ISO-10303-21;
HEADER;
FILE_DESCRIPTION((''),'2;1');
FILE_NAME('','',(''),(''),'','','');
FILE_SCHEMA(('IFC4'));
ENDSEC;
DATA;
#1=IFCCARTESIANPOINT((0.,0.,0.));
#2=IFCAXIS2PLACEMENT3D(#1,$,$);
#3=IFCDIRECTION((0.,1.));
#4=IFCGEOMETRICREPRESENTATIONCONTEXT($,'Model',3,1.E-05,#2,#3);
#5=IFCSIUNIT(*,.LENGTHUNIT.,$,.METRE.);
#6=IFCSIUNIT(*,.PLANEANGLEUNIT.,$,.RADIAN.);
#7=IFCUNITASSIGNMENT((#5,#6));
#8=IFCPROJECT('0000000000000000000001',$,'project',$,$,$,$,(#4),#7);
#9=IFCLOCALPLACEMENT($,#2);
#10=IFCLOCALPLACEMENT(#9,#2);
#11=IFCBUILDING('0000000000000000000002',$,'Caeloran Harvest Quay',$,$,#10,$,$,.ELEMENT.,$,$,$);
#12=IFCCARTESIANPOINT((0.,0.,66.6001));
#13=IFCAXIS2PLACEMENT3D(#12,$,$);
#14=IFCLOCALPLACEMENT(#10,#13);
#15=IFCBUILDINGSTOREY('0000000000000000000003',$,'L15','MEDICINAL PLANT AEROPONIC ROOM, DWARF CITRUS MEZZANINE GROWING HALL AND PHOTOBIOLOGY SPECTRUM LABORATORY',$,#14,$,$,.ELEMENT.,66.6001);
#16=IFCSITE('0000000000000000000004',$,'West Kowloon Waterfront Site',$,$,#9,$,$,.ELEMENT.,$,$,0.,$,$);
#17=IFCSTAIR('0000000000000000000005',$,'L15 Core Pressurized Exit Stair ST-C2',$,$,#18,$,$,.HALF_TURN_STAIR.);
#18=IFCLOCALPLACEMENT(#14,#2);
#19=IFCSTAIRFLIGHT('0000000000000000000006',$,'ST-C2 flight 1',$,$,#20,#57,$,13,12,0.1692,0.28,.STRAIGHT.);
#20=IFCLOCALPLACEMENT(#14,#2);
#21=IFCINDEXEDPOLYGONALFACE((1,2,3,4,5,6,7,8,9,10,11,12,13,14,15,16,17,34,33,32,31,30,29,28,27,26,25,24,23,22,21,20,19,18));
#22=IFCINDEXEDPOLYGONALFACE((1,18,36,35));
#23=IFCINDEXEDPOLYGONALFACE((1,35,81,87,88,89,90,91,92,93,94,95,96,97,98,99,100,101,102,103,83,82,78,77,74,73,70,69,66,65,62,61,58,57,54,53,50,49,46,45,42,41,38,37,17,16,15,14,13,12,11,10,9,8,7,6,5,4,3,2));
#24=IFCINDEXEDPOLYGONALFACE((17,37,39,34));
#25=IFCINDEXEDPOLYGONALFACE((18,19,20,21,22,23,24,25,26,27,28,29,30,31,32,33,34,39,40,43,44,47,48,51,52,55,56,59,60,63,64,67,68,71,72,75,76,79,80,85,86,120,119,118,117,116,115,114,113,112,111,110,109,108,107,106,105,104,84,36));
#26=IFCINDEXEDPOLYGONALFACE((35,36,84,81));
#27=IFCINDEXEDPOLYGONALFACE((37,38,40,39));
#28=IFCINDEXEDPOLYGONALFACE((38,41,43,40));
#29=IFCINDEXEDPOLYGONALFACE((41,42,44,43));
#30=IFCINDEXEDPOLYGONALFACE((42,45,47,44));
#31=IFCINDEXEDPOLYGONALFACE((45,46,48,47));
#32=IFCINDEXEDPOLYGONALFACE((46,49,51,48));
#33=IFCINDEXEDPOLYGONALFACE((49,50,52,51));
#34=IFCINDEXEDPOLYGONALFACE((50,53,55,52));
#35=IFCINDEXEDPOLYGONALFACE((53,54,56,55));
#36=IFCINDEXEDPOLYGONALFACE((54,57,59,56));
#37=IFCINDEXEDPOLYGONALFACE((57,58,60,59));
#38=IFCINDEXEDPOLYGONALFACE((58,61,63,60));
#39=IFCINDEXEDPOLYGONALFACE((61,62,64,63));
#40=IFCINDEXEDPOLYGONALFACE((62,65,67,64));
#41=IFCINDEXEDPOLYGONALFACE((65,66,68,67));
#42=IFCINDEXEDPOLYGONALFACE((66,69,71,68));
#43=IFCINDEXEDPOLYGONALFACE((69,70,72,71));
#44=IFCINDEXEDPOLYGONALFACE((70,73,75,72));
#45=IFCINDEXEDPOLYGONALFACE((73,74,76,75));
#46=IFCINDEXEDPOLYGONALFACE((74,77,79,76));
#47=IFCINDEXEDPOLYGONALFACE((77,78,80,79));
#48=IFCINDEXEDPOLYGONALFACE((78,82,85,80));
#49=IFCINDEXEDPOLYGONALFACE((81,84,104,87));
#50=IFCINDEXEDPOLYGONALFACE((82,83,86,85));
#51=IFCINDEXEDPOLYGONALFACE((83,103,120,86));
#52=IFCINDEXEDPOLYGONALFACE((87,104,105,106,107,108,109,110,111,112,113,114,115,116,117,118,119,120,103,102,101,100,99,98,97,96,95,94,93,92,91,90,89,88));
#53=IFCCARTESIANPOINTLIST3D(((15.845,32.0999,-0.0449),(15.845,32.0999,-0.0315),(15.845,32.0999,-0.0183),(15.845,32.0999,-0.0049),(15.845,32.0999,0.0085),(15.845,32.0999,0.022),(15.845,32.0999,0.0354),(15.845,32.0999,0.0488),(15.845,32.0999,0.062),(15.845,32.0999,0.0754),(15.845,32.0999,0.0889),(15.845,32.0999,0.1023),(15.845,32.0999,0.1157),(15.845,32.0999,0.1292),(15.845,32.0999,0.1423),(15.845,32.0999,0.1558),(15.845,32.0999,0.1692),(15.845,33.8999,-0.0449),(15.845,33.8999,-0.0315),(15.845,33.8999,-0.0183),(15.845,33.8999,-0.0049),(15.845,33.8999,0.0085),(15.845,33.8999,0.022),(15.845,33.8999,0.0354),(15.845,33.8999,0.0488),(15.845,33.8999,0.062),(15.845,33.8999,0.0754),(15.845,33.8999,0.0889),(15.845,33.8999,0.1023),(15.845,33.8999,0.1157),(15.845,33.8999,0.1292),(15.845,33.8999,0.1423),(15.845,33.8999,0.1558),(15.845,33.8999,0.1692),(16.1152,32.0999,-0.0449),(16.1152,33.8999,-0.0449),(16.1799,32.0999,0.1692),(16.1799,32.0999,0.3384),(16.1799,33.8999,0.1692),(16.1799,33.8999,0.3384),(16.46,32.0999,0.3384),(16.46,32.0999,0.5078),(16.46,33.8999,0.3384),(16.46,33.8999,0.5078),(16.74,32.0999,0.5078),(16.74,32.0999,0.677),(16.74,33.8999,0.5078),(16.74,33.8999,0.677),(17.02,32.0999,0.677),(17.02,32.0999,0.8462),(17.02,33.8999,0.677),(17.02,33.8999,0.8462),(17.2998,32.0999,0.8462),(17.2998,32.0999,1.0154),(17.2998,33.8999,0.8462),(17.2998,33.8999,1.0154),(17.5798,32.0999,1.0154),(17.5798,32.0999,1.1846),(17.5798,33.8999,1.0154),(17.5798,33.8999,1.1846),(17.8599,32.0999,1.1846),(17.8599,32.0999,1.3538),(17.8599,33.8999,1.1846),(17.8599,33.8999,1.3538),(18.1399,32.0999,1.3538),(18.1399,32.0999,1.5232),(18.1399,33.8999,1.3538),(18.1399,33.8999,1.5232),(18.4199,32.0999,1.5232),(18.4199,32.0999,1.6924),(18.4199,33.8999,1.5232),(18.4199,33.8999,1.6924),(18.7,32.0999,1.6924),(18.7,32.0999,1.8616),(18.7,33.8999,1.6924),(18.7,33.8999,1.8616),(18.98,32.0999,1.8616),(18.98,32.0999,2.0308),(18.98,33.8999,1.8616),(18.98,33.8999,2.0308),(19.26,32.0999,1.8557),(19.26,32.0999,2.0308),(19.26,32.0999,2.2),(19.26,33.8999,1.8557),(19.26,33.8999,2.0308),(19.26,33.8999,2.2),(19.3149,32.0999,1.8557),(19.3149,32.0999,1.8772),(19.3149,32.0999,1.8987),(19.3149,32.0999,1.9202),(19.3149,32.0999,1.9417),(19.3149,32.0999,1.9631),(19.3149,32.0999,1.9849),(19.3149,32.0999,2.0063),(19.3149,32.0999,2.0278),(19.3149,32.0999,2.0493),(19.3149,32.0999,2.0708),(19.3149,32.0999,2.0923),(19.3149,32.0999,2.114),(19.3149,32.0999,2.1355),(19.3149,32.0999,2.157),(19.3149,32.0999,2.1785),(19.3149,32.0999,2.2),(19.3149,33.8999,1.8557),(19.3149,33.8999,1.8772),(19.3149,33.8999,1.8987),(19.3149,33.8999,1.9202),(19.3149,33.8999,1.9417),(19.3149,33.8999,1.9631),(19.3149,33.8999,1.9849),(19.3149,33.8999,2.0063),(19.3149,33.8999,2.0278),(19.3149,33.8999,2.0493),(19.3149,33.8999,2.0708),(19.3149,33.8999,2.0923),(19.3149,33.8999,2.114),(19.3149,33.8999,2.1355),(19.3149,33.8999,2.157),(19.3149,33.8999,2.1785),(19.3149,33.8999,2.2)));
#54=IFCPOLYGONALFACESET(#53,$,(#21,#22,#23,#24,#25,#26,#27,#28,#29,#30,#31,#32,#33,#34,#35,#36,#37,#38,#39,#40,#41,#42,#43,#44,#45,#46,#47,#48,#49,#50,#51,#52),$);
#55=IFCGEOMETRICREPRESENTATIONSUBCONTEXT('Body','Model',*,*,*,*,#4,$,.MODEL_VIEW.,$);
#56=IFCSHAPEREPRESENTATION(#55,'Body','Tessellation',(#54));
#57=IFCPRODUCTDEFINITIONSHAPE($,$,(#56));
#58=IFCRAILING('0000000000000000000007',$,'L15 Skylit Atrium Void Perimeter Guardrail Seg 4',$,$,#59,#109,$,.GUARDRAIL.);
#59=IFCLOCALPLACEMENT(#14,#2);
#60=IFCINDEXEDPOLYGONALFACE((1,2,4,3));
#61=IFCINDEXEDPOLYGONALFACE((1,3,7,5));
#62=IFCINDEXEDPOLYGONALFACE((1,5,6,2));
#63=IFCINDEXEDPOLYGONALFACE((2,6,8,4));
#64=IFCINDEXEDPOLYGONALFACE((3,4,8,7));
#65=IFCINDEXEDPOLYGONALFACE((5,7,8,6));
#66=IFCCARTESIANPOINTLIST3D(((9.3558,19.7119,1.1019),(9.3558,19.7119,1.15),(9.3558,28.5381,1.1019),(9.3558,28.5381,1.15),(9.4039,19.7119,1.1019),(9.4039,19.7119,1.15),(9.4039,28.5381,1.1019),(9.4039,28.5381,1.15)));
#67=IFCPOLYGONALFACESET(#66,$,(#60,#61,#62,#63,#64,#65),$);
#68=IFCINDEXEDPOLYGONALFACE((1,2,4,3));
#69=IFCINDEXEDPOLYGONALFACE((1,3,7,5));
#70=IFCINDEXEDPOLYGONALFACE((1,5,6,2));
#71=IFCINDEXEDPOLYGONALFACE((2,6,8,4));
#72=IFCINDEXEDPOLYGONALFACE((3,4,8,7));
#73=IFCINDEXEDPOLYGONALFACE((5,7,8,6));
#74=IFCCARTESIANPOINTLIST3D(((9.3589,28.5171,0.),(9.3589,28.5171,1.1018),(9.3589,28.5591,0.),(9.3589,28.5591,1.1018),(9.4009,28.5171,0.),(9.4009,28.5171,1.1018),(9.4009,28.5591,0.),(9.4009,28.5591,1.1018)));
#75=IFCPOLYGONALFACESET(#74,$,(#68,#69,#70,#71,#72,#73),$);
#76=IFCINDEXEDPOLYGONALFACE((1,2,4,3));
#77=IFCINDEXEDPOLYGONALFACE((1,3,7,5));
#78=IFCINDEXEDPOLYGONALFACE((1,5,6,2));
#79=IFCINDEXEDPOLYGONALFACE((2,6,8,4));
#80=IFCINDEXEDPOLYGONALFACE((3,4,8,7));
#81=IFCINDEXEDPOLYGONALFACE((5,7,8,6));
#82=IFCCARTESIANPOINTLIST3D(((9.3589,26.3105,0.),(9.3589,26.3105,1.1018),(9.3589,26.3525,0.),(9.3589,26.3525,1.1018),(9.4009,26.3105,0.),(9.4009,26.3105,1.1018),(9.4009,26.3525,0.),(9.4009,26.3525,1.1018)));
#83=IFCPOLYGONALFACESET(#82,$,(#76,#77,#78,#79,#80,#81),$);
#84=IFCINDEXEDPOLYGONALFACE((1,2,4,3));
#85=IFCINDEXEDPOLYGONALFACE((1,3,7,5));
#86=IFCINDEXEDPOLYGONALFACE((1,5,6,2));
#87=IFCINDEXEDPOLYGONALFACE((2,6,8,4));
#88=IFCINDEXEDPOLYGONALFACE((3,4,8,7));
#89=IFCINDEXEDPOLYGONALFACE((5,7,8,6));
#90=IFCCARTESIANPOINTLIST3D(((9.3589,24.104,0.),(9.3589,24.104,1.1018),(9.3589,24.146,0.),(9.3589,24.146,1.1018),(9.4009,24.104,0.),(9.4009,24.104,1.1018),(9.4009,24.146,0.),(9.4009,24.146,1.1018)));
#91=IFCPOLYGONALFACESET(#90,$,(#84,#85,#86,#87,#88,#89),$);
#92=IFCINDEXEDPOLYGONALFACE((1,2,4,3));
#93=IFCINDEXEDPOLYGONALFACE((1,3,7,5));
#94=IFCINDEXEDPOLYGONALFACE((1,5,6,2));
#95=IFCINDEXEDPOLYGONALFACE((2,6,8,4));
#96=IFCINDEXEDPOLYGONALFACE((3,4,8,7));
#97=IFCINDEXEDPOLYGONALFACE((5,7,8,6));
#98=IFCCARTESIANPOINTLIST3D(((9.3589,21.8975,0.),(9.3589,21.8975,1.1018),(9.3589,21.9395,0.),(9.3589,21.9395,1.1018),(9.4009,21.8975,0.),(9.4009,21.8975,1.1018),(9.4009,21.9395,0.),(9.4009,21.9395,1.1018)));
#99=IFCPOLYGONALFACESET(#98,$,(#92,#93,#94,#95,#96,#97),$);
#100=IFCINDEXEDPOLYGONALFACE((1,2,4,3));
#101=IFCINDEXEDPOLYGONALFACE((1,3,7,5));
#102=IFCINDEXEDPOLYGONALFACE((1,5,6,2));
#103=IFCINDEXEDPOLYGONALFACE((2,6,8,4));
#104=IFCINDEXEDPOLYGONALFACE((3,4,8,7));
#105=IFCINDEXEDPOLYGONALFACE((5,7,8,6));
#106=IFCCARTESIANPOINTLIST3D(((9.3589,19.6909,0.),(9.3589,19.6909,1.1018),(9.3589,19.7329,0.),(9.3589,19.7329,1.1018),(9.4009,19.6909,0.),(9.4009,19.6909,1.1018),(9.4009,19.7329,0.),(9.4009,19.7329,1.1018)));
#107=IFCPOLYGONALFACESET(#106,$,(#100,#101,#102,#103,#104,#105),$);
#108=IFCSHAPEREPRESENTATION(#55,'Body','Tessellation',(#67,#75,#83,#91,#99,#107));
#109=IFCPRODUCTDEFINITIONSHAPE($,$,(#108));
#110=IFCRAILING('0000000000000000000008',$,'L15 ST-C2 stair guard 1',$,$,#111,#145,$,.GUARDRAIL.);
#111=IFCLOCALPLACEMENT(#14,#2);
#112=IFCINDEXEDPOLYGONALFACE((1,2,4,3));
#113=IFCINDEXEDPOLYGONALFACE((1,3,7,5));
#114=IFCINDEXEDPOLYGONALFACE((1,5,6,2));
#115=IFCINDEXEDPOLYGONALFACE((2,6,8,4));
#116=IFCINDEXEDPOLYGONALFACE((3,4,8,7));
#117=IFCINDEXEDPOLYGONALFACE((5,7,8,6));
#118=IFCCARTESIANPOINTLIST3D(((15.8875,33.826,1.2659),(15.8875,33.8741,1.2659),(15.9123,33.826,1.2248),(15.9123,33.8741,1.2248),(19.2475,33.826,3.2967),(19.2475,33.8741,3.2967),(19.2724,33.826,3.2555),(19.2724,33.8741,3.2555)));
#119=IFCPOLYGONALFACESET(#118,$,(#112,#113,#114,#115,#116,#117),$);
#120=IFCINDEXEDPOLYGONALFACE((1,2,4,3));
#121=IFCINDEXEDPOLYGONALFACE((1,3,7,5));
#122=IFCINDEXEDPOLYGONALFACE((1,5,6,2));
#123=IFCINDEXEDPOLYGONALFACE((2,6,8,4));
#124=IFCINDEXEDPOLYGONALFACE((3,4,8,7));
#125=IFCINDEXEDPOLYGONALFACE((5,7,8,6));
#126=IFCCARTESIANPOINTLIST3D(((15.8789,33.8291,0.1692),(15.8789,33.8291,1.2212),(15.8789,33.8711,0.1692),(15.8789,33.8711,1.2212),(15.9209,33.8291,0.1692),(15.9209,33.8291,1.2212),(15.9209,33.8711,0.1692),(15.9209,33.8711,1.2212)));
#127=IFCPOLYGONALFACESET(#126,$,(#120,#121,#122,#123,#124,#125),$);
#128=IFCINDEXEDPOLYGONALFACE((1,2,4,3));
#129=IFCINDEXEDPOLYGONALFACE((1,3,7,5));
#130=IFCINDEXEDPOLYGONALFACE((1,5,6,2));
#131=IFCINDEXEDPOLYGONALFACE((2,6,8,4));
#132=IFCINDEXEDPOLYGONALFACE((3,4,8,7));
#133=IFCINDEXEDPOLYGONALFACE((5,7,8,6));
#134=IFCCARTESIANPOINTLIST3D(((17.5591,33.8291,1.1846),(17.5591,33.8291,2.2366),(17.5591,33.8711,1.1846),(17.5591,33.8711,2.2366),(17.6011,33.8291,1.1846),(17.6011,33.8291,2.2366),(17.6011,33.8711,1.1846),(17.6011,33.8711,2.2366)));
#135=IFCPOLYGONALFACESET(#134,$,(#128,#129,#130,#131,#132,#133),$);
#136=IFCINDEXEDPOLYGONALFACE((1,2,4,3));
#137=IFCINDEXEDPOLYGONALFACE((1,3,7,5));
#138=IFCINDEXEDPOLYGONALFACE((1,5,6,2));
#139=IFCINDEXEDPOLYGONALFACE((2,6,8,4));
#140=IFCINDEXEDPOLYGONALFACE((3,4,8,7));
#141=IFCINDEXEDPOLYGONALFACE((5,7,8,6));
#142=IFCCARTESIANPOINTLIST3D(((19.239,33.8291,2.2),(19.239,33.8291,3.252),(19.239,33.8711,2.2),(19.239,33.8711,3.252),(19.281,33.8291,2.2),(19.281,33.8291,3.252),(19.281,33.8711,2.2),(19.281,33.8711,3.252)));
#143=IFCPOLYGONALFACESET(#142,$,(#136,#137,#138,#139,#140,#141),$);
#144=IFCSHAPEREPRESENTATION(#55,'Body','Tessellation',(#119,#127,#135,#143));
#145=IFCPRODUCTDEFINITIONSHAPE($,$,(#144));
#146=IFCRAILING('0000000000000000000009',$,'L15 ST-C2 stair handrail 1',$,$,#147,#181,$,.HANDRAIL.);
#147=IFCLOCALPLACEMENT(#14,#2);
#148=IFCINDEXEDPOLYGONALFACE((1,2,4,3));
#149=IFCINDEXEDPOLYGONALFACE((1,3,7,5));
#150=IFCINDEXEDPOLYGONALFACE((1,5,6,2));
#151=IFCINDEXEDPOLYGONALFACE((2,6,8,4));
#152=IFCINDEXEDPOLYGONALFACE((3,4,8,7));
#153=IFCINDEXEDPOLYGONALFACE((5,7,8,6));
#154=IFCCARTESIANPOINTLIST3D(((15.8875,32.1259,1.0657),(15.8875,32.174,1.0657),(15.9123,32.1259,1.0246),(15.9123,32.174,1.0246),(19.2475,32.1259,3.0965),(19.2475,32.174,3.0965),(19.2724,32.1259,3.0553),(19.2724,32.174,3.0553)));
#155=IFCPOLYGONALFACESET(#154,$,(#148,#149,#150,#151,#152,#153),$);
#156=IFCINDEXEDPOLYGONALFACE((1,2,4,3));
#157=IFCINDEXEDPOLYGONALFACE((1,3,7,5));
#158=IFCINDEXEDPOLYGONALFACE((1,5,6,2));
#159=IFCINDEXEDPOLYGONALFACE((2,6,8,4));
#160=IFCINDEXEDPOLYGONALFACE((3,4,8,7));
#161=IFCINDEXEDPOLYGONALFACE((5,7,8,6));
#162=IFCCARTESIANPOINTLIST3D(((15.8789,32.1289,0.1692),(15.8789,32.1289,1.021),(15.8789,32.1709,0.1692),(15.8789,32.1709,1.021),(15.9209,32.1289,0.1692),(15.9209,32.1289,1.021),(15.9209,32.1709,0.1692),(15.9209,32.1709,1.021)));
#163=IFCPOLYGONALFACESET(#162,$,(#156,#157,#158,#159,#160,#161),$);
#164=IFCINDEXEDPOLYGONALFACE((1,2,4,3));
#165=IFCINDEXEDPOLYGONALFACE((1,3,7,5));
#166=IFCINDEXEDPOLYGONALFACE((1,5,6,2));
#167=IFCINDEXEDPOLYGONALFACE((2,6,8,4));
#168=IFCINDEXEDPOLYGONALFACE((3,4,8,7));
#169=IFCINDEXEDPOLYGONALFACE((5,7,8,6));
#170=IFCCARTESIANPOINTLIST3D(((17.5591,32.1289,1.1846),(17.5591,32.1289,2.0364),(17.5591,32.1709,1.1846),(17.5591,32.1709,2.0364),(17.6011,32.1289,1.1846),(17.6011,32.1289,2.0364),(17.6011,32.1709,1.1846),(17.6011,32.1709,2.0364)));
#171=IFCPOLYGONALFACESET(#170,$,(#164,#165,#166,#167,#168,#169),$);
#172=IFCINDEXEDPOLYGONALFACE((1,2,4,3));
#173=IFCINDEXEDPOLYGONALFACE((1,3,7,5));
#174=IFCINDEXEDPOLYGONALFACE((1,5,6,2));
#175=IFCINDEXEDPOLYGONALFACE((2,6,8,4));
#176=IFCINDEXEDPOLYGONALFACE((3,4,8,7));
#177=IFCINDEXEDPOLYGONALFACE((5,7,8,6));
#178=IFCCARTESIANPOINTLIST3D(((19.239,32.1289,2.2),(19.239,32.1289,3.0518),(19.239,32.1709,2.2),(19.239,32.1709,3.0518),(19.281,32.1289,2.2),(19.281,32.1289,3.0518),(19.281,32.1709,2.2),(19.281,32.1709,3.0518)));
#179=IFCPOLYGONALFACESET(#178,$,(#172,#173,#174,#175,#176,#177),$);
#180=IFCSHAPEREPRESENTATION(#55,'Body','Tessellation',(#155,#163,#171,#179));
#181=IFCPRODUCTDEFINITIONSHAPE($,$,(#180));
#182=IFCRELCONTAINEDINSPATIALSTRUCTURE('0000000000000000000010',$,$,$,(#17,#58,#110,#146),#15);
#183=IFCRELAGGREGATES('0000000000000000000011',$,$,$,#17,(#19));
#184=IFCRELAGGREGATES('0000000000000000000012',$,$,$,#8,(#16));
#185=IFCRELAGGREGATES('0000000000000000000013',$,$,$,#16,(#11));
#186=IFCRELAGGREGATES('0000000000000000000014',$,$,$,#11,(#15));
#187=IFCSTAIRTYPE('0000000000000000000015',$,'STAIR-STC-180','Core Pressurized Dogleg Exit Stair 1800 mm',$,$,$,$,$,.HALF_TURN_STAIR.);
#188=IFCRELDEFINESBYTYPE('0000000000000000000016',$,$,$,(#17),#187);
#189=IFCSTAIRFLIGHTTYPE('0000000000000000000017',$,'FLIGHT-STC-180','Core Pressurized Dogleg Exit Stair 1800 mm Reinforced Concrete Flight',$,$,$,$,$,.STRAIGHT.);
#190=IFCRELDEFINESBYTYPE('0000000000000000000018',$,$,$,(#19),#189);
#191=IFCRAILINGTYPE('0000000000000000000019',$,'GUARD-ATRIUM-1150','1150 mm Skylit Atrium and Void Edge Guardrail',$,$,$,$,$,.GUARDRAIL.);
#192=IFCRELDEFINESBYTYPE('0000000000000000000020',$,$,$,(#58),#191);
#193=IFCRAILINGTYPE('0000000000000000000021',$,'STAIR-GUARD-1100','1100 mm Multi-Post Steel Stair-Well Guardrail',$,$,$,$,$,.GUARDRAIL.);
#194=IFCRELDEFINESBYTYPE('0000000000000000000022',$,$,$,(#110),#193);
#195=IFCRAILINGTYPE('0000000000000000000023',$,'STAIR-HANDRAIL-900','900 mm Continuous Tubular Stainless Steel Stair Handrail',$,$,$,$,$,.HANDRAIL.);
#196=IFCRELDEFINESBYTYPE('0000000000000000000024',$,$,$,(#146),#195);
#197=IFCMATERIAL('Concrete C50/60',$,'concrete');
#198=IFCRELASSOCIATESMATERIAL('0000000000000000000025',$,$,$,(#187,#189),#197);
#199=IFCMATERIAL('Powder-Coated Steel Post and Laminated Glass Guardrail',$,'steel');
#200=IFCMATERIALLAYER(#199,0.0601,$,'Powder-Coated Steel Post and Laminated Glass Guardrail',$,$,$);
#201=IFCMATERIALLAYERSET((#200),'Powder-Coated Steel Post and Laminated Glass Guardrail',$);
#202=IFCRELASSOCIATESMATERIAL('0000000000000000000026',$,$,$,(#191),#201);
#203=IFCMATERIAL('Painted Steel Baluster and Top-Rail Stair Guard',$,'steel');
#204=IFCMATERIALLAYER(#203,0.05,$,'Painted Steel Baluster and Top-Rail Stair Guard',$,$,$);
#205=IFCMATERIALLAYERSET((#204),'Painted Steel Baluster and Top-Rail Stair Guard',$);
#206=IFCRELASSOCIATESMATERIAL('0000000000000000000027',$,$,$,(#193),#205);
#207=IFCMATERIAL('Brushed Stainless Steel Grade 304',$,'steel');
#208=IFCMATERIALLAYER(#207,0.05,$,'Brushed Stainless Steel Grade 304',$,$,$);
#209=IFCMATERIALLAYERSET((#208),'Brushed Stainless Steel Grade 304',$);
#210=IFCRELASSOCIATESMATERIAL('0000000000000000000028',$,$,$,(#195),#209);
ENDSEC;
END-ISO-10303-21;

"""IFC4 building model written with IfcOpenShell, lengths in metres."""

from ifc_helpers import new_model, si_unit, direction, frame, origin, origin_2d, place, context, subcontext, project, spatial, polyline, rectangle, outline, extrude, material, layer, layer_set, type_object, element, aggregate, save


model = new_model("IFC4")

# Units and contexts
model_context = context("Model", 3, precision=1e-05, world=origin(), true_north=direction((0.0, 1.0)))
body_context = subcontext(model_context, "Body", "Model", "MODEL_VIEW")
ifc_project = project(units=[si_unit("LENGTHUNIT", "METRE"), si_unit("PLANEANGLEUNIT", "RADIAN")], contexts=[model_context])

# Site, building, storey
site_placement = place(None, origin())
site = spatial("IfcSite", under=ifc_project, at=site_placement, Name="West Kowloon Waterfront Site", CompositionType="ELEMENT", RefElevation=0.0)
building_placement = place(site_placement, origin())
building = spatial("IfcBuilding", under=site, at=building_placement, Name="Caeloran Harvest Quay", CompositionType="ELEMENT")
storey_placement = place(building_placement, frame((0.0, 0.0, 66.6001)))
storey = spatial("IfcBuildingStorey", under=building, at=storey_placement, Name="L15", Description="MEDICINAL PLANT AEROPONIC ROOM, DWARF CITRUS MEZZANINE GROWING HALL AND PHOTOBIOLOGY SPECTRUM LABORATORY", CompositionType="ELEMENT", Elevation=66.6001)

# Shared definitions
ifc_material_1 = material(Name="Concrete C50/60", Category="concrete")

# Stair, stair flight
stair_type = type_object("IfcStairType", Name="STAIR-STC-180", Description="Core Pressurized Dogleg Exit Stair 1800 mm", PredefinedType="HALF_TURN_STAIR", material=ifc_material_1)
stair_placement = place(storey_placement, origin())
stair = element("IfcStair", 1, at=stair_placement, inside=storey, type_object=stair_type, Name="L15 Core Pressurized Exit Stair ST-C2", PredefinedType="HALF_TURN_STAIR")
stair_flight_type = type_object("IfcStairFlightType", Name="FLIGHT-STC-180", Description="Core Pressurized Dogleg Exit Stair 1800 mm Reinforced Concrete Flight", PredefinedType="STRAIGHT", material=ifc_material_1)
stair_flight_placement = place(storey_placement, frame((15.8999, 33.0, 0.0), z_axis=(0.0, 0.0, 1.0), x_axis=(1.0, 0.0, 0.0)))
stair_flight = element("IfcStairFlight", 2, at=stair_flight_placement, type_object=stair_flight_type, Name="ST-C2 flight 1", NumberOfRisers=13, NumberOfTreads=12, PredefinedType="STRAIGHT", RiserHeight=0.1692, TreadLength=0.28, context=body_context, shape_type="SweptSolid", body=[
    extrude(outline(polyline([(-0.0549, -0.0449), (-0.0549, -0.0315), (-0.0549, -0.0183), (-0.0549, -0.0049), (-0.0549, 0.0085), (-0.0549, 0.022), (-0.0549, 0.0354), (-0.0549, 0.0488), (-0.0549, 0.062), (-0.0549, 0.0754), (-0.0549, 0.0889), (-0.0549, 0.1023), (-0.0549, 0.1157), (-0.0549, 0.1292), (-0.0549, 0.1423), (-0.0549, 0.1558), (-0.0549, 0.1692), (0.28, 0.1692), (0.28, 0.3384), (0.5601, 0.3384), (0.5601, 0.5078), (0.8401, 0.5078), (0.8401, 0.677), (1.1201, 0.677), (1.1201, 0.8462), (1.3999, 0.8462), (1.3999, 1.0154), (1.6799, 1.0154), (1.6799, 1.1846), (1.96, 1.1846), (1.96, 1.3538), (2.24, 1.3538), (2.24, 1.5232), (2.52, 1.5232), (2.52, 1.6924), (2.8, 1.6924), (2.8, 1.8616), (3.0801, 1.8616), (3.0801, 2.0308), (3.3601, 2.0308), (3.3601, 2.2), (3.415, 2.2), (3.415, 2.1785), (3.415, 2.157), (3.415, 2.1355), (3.415, 2.114), (3.415, 2.0923), (3.415, 2.0708), (3.415, 2.0493), (3.415, 2.0278), (3.415, 2.0063), (3.415, 1.9849), (3.415, 1.9631), (3.415, 1.9417), (3.415, 1.9202), (3.415, 1.8987), (3.415, 1.8772), (3.415, 1.8557), (3.3601, 1.8557), (0.2153, -0.0449), (-0.0549, -0.0449)])), frame((0.0, 0.8999, 0.0), z_axis=(0.0, -1.0, 0.0), x_axis=(1.0, 0.0, 0.0)), (0.0, 0.0, 1.0), 1.8),
])
aggregate(stair, [stair_flight])

# Railings
ifc_material_2 = material(Name="Powder-Coated Steel Post and Laminated Glass Guardrail", Category="steel")
ifc_layer_1 = layer(ifc_material_2, 0.0601, Name="Powder-Coated Steel Post and Laminated Glass Guardrail")
ifc_layer_set_1 = layer_set([ifc_layer_1], Name="Powder-Coated Steel Post and Laminated Glass Guardrail")
railing_type_1 = type_object("IfcRailingType", Name="GUARD-ATRIUM-1150", Description="1150 mm Skylit Atrium and Void Edge Guardrail", PredefinedType="GUARDRAIL", material=ifc_layer_set_1)
railing_1_placement = place(storey_placement, frame((9.3799, 28.5381, 0.0)))
element("IfcRailing", 3, at=railing_1_placement, inside=storey, type_object=railing_type_1, Name="L15 Skylit Atrium Void Perimeter Guardrail Seg 4", PredefinedType="GUARDRAIL", context=body_context, shape_type="SweptSolid", body=[
    extrude(rectangle(XDim=0.0481, YDim=0.0481, at=origin_2d()), frame((0.0, 0.0, 1.126), z_axis=(0.0, -1.0, 0.0), x_axis=(1.0, 0.0, 0.0)), (0.0, 0.0, 1.0), 8.8262),
    extrude(rectangle(XDim=0.042, YDim=0.042, at=origin_2d()), origin(), (0.0, 0.0, 1.0), 1.1018),
    extrude(rectangle(XDim=0.042, YDim=0.042, at=origin_2d()), frame((0.0, -2.2065, 0.0)), (0.0, 0.0, 1.0), 1.1018),
    extrude(rectangle(XDim=0.042, YDim=0.042, at=origin_2d()), frame((0.0, -4.4131, 0.0)), (0.0, 0.0, 1.0), 1.1018),
    extrude(rectangle(XDim=0.042, YDim=0.042, at=origin_2d()), frame((0.0, -6.6196, 0.0)), (0.0, 0.0, 1.0), 1.1018),
    extrude(rectangle(XDim=0.042, YDim=0.042, at=origin_2d()), frame((0.0, -8.8262, 0.0)), (0.0, 0.0, 1.0), 1.1018),
])
ifc_material_3 = material(Name="Painted Steel Baluster and Top-Rail Stair Guard", Category="steel")
ifc_layer_2 = layer(ifc_material_3, 0.05, Name="Painted Steel Baluster and Top-Rail Stair Guard")
ifc_layer_set_2 = layer_set([ifc_layer_2], Name="Painted Steel Baluster and Top-Rail Stair Guard")
railing_type_2 = type_object("IfcRailingType", Name="STAIR-GUARD-1100", Description="1100 mm Multi-Post Steel Stair-Well Guardrail", PredefinedType="GUARDRAIL", material=ifc_layer_set_2)
railing_2_placement = place(storey_placement, frame((15.8999, 33.8501, 0.1692)))
element("IfcRailing", 4, at=railing_2_placement, inside=storey, type_object=railing_type_2, Name="L15 ST-C2 stair guard 1", PredefinedType="GUARDRAIL", context=body_context, shape_type="SweptSolid", body=[
    extrude(rectangle(XDim=0.0481, YDim=0.0481, at=origin_2d()), frame((0.0, 0.0, 1.0762), z_axis=(0.855837, 0.0, 0.517246), x_axis=(0.0, 1.0, 0.0)), (0.0, 0.0, 1.0), 3.926),
    extrude(rectangle(XDim=0.042, YDim=0.042, at=origin_2d()), origin(), (0.0, 0.0, 1.0), 1.052),
    extrude(rectangle(XDim=0.042, YDim=0.042, at=origin_2d()), frame((1.6802, 0.0, 1.0154)), (0.0, 0.0, 1.0), 1.052),
    extrude(rectangle(XDim=0.042, YDim=0.042, at=origin_2d()), frame((3.3601, 0.0, 2.0308)), (0.0, 0.0, 1.0), 1.052),
])
ifc_material_4 = material(Name="Brushed Stainless Steel Grade 304", Category="steel")
ifc_layer_3 = layer(ifc_material_4, 0.05, Name="Brushed Stainless Steel Grade 304")
ifc_layer_set_3 = layer_set([ifc_layer_3], Name="Brushed Stainless Steel Grade 304")
railing_type_3 = type_object("IfcRailingType", Name="STAIR-HANDRAIL-900", Description="900 mm Continuous Tubular Stainless Steel Stair Handrail", PredefinedType="HANDRAIL", material=ifc_layer_set_3)
railing_3_placement = place(storey_placement, frame((15.8999, 32.1499, 0.1692)))
element("IfcRailing", 5, at=railing_3_placement, inside=storey, type_object=railing_type_3, Name="L15 ST-C2 stair handrail 1", PredefinedType="HANDRAIL", context=body_context, shape_type="SweptSolid", body=[
    extrude(rectangle(XDim=0.0481, YDim=0.0481, at=origin_2d()), frame((0.0, 0.0, 0.876), z_axis=(0.855837, 0.0, 0.517246), x_axis=(0.0, 1.0, 0.0)), (0.0, 0.0, 1.0), 3.926),
    extrude(rectangle(XDim=0.042, YDim=0.042, at=origin_2d()), origin(), (0.0, 0.0, 1.0), 0.8518),
    extrude(rectangle(XDim=0.042, YDim=0.042, at=origin_2d()), frame((1.6802, 0.0, 1.0154)), (0.0, 0.0, 1.0), 0.8518),
    extrude(rectangle(XDim=0.042, YDim=0.042, at=origin_2d()), frame((3.3601, 0.0, 2.0308)), (0.0, 0.0, 1.0), 0.8518),
])

save(model, "model.ifc")
